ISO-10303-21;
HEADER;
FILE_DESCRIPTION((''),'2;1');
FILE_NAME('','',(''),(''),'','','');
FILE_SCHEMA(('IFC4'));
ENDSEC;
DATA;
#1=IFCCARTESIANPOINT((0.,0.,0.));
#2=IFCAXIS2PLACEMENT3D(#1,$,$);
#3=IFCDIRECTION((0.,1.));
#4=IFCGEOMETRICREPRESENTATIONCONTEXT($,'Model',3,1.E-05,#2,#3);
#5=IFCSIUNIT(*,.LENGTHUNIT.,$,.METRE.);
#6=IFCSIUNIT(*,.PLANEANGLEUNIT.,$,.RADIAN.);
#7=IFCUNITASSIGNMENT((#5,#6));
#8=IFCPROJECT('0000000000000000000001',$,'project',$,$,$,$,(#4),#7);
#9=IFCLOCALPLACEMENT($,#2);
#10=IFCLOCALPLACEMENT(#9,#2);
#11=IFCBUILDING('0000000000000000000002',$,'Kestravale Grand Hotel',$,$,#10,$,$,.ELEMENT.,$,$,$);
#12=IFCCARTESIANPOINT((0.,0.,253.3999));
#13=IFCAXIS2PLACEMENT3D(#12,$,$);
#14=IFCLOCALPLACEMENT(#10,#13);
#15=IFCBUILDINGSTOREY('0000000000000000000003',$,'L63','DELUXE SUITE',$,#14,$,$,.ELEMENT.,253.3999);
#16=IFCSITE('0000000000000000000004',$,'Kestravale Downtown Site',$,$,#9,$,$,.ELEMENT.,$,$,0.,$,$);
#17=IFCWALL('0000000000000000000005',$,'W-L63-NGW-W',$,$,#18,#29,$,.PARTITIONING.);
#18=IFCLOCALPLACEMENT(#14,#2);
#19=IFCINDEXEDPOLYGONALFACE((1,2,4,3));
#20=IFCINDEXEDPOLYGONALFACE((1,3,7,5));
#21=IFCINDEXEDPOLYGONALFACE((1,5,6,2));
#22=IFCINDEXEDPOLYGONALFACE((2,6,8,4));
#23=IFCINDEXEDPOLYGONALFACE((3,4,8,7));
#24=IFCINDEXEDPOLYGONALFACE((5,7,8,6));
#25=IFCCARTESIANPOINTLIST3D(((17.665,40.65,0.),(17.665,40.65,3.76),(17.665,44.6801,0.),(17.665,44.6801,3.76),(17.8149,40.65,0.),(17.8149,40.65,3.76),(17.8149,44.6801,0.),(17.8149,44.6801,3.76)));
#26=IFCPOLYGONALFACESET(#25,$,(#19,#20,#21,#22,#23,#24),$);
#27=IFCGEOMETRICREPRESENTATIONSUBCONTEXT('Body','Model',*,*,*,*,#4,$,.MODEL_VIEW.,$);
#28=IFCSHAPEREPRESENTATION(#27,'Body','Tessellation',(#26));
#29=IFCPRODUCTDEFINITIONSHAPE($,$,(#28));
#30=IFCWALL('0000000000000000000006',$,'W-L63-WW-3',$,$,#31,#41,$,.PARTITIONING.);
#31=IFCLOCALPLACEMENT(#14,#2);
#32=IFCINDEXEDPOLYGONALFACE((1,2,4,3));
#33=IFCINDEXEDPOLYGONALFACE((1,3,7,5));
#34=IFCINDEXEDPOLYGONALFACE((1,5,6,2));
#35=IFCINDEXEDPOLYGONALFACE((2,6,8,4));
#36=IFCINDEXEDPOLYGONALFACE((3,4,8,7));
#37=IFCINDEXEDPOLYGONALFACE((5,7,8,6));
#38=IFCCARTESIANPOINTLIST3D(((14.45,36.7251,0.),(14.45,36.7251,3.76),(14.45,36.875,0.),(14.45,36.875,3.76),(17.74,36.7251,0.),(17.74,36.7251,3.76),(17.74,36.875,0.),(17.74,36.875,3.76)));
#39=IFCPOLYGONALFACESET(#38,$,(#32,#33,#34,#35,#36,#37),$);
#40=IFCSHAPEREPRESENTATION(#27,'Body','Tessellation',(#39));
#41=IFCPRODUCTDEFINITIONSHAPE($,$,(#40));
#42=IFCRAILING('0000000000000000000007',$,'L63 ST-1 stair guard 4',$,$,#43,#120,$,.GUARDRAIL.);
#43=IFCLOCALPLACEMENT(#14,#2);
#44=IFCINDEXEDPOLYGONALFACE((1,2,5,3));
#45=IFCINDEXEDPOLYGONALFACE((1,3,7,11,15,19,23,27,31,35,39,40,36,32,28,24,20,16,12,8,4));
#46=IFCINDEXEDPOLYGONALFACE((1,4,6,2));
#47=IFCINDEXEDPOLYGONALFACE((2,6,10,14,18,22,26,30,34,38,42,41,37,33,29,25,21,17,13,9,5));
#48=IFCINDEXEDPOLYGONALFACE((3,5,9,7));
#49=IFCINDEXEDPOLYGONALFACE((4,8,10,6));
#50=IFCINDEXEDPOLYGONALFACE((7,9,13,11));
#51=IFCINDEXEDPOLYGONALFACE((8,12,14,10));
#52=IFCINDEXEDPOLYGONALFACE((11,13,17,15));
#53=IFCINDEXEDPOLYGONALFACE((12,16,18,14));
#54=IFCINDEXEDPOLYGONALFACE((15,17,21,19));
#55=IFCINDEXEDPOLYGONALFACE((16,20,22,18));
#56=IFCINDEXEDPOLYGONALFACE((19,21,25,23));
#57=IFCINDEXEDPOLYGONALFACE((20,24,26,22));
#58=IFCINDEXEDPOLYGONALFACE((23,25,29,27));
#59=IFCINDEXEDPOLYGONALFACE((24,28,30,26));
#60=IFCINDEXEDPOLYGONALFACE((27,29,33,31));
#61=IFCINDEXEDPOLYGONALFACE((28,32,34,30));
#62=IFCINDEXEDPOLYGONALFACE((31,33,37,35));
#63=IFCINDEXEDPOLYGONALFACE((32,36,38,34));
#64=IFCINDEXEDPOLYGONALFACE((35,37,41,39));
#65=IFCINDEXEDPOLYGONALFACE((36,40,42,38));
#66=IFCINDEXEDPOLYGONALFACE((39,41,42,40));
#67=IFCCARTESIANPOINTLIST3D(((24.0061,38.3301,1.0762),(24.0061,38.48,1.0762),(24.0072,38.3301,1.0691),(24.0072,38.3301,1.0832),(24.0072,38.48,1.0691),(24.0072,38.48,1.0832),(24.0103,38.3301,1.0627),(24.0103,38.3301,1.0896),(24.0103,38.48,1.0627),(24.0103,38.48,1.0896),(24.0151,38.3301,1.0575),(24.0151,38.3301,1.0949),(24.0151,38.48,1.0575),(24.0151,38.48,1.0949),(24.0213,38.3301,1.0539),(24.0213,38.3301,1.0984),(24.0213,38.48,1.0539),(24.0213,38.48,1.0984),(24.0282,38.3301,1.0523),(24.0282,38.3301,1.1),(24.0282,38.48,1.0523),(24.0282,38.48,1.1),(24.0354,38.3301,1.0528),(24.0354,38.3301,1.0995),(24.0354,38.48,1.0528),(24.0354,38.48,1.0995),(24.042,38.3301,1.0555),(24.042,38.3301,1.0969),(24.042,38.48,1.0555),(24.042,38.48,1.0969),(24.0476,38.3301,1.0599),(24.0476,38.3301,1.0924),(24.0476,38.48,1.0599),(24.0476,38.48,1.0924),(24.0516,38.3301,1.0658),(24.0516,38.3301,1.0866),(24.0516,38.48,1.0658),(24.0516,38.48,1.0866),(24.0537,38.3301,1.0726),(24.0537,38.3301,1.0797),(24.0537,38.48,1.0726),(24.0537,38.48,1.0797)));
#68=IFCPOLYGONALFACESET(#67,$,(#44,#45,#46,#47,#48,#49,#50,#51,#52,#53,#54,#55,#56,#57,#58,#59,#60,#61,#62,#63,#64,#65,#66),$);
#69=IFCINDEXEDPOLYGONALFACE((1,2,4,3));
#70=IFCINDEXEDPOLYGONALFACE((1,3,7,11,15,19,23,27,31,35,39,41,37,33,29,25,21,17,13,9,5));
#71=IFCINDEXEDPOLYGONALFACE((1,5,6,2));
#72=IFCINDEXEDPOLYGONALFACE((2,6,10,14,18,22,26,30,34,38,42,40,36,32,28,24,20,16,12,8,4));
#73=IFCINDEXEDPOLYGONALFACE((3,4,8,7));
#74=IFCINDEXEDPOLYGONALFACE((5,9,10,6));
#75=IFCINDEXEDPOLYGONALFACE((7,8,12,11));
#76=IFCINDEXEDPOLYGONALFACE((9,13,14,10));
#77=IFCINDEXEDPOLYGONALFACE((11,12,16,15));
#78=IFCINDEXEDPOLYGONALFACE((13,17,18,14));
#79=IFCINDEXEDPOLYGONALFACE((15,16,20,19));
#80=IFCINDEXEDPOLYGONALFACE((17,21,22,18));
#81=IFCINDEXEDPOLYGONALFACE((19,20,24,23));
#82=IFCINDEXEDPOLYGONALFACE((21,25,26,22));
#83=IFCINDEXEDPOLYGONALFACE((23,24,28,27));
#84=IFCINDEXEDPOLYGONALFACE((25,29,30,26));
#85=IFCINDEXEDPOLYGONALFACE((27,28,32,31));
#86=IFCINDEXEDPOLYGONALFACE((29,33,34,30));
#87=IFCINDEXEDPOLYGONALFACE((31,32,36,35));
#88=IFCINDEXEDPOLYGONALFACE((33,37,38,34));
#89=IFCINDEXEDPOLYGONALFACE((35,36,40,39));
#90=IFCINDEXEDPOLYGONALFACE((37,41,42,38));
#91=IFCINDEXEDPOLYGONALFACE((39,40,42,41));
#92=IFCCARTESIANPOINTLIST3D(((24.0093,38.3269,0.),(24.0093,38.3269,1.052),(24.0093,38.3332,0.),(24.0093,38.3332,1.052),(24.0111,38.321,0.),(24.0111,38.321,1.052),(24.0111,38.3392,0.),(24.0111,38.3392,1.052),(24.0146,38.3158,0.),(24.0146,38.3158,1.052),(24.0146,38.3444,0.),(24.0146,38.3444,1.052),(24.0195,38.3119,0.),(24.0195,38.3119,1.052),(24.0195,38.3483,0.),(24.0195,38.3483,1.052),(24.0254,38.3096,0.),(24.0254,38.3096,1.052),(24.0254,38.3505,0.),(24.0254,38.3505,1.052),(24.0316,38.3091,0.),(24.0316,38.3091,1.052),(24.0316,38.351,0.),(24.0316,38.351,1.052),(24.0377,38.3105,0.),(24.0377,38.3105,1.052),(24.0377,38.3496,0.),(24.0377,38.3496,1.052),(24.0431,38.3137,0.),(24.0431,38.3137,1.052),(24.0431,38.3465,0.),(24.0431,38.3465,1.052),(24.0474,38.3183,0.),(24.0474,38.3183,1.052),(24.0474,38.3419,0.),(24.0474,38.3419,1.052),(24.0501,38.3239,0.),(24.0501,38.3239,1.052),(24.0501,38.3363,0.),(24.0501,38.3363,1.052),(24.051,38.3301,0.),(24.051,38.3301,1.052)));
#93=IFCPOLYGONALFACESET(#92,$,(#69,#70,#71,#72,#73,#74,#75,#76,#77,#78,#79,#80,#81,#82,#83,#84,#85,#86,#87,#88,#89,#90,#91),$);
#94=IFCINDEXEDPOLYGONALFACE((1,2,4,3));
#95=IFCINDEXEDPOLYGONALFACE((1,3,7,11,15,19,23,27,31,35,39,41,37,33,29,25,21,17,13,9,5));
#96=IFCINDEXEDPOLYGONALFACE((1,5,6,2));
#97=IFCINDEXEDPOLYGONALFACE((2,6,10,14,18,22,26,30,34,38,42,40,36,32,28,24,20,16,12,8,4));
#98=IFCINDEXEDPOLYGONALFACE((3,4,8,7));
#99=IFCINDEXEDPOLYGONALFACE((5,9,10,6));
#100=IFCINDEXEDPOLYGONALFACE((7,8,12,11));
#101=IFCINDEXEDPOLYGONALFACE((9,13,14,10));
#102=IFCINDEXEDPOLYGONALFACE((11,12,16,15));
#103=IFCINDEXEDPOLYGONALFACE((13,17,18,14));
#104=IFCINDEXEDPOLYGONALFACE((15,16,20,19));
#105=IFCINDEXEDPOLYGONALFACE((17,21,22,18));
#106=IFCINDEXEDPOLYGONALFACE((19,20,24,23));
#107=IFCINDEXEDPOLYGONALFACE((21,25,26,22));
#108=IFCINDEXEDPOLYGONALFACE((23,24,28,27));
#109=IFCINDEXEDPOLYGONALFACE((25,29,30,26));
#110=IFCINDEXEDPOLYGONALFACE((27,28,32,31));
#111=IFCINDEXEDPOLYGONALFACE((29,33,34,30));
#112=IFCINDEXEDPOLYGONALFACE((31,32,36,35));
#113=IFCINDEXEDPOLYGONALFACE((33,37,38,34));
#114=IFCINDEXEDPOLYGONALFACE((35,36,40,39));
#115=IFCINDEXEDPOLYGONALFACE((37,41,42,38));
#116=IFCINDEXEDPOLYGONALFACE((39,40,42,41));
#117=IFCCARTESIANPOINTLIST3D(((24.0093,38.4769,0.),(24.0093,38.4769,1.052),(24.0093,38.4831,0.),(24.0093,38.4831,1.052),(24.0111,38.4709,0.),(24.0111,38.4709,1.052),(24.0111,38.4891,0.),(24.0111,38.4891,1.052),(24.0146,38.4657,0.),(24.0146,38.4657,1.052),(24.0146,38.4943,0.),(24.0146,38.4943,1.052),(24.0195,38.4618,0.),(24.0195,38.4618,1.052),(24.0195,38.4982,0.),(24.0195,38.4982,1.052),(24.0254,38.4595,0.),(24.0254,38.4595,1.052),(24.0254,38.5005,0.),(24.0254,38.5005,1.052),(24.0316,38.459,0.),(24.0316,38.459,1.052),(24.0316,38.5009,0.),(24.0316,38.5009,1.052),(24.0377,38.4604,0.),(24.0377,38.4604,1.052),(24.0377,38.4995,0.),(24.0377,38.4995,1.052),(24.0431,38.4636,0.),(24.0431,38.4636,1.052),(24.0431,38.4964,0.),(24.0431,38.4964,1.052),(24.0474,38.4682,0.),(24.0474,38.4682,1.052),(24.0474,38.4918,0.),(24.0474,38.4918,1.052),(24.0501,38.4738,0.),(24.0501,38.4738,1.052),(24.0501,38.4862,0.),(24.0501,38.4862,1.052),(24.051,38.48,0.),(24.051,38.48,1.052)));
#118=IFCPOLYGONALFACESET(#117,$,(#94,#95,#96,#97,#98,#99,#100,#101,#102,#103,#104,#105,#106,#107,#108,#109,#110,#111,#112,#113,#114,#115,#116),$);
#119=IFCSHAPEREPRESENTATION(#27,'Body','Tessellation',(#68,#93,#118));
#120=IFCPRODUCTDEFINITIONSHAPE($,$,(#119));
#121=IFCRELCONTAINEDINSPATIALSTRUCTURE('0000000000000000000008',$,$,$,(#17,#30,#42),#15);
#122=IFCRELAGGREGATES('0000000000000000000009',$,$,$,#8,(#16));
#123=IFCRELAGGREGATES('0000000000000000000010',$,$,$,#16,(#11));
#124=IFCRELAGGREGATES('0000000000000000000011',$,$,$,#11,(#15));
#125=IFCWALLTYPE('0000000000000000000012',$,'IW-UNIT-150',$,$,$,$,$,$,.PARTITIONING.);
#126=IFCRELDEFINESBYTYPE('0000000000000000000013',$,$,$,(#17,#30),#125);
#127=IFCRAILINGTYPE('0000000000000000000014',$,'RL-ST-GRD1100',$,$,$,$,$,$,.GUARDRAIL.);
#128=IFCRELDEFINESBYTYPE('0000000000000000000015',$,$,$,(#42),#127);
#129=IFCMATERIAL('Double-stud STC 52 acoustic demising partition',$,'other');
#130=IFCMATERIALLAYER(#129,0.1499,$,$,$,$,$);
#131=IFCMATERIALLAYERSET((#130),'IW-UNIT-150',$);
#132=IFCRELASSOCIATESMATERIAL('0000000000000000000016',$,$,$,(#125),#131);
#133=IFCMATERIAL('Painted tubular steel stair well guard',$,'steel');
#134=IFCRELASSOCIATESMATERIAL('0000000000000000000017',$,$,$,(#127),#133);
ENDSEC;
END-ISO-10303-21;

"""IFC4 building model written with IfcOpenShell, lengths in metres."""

from ifc_helpers import new_model, si_unit, direction, frame, frame_2d, origin, origin_2d, place, context, subcontext, project, spatial, rectangle, circle, extrude, material, layer, layer_set, type_object, element, save


model = new_model("IFC4")

# Units and contexts
model_context = context("Model", 3, precision=1e-05, world=origin(), true_north=direction((0.0, 1.0)))
body_context = subcontext(model_context, "Body", "Model", "MODEL_VIEW")
ifc_project = project(units=[si_unit("LENGTHUNIT", "METRE"), si_unit("PLANEANGLEUNIT", "RADIAN")], contexts=[model_context])

# Site, building, storey
site_placement = place(None, origin())
site = spatial("IfcSite", under=ifc_project, at=site_placement, Name="Kestravale Downtown Site", CompositionType="ELEMENT", RefElevation=0.0)
building_placement = place(site_placement, origin())
building = spatial("IfcBuilding", under=site, at=building_placement, Name="Kestravale Grand Hotel", CompositionType="ELEMENT")
storey_placement = place(building_placement, frame((0.0, 0.0, 253.3999)))
storey = spatial("IfcBuildingStorey", under=building, at=storey_placement, Name="L63", Description="DELUXE SUITE", CompositionType="ELEMENT", Elevation=253.3999)

# Shared definitions
ifc_material_1 = material(Name="Double-stud STC 52 acoustic demising partition", Category="other")
ifc_layer_1 = layer(ifc_material_1, 0.1499)
ifc_layer_set_1 = layer_set([ifc_layer_1], Name="IW-UNIT-150")
wall_type_1 = type_object("IfcWallType", Name="IW-UNIT-150", PredefinedType="PARTITIONING", material=ifc_layer_set_1)

# Walls
wall_1_placement = place(storey_placement, frame((17.74, 40.6499, 0.0), z_axis=(0.0, 0.0, 1.0), x_axis=(0.0, 1.0, 0.0)))
element("IfcWall", 1, at=wall_1_placement, inside=storey, type_object=wall_type_1, Name="W-L63-NGW-W", PredefinedType="PARTITIONING", context=body_context, shape_type="SweptSolid", body=[
    extrude(rectangle(XDim=4.03, YDim=0.1499, at=frame_2d((2.0151, 0.0))), origin(), (0.0, 0.0, 1.0), 3.76),
])
wall_2_placement = place(storey_placement, frame((14.45, 36.8, 0.0), z_axis=(0.0, 0.0, 1.0), x_axis=(1.0, 0.0, 0.0)))
element("IfcWall", 2, at=wall_2_placement, inside=storey, type_object=wall_type_1, Name="W-L63-WW-3", PredefinedType="PARTITIONING", context=body_context, shape_type="SweptSolid", body=[
    extrude(rectangle(XDim=3.29, YDim=0.1499, at=frame_2d((1.645, 0.0))), origin(), (0.0, 0.0, 1.0), 3.76),
])

# Railing
ifc_material_2 = material(Name="Painted tubular steel stair well guard", Category="steel")
railing_type = type_object("IfcRailingType", Name="RL-ST-GRD1100", PredefinedType="GUARDRAIL", material=ifc_material_2)
railing_placement = place(storey_placement, frame((24.03, 38.3301, 0.0)))
element("IfcRailing", 3, at=railing_placement, inside=storey, type_object=railing_type, Name="L63 ST-1 stair guard 4", PredefinedType="GUARDRAIL", context=body_context, shape_type="SweptSolid", body=[
    extrude(circle(Radius=0.0239, at=origin_2d()), frame((0.0, 0.0, 1.0762), z_axis=(0.0, 1.0, 0.0), x_axis=(-1.0, 0.0, 0.0)), (0.0, 0.0, 1.0), 0.1499),
    extrude(circle(Radius=0.021, at=origin_2d()), origin(), (0.0, 0.0, 1.0), 1.052),
    extrude(circle(Radius=0.021, at=origin_2d()), frame((0.0, 0.1499, 0.0)), (0.0, 0.0, 1.0), 1.052),
])

save(model, "model.ifc")
